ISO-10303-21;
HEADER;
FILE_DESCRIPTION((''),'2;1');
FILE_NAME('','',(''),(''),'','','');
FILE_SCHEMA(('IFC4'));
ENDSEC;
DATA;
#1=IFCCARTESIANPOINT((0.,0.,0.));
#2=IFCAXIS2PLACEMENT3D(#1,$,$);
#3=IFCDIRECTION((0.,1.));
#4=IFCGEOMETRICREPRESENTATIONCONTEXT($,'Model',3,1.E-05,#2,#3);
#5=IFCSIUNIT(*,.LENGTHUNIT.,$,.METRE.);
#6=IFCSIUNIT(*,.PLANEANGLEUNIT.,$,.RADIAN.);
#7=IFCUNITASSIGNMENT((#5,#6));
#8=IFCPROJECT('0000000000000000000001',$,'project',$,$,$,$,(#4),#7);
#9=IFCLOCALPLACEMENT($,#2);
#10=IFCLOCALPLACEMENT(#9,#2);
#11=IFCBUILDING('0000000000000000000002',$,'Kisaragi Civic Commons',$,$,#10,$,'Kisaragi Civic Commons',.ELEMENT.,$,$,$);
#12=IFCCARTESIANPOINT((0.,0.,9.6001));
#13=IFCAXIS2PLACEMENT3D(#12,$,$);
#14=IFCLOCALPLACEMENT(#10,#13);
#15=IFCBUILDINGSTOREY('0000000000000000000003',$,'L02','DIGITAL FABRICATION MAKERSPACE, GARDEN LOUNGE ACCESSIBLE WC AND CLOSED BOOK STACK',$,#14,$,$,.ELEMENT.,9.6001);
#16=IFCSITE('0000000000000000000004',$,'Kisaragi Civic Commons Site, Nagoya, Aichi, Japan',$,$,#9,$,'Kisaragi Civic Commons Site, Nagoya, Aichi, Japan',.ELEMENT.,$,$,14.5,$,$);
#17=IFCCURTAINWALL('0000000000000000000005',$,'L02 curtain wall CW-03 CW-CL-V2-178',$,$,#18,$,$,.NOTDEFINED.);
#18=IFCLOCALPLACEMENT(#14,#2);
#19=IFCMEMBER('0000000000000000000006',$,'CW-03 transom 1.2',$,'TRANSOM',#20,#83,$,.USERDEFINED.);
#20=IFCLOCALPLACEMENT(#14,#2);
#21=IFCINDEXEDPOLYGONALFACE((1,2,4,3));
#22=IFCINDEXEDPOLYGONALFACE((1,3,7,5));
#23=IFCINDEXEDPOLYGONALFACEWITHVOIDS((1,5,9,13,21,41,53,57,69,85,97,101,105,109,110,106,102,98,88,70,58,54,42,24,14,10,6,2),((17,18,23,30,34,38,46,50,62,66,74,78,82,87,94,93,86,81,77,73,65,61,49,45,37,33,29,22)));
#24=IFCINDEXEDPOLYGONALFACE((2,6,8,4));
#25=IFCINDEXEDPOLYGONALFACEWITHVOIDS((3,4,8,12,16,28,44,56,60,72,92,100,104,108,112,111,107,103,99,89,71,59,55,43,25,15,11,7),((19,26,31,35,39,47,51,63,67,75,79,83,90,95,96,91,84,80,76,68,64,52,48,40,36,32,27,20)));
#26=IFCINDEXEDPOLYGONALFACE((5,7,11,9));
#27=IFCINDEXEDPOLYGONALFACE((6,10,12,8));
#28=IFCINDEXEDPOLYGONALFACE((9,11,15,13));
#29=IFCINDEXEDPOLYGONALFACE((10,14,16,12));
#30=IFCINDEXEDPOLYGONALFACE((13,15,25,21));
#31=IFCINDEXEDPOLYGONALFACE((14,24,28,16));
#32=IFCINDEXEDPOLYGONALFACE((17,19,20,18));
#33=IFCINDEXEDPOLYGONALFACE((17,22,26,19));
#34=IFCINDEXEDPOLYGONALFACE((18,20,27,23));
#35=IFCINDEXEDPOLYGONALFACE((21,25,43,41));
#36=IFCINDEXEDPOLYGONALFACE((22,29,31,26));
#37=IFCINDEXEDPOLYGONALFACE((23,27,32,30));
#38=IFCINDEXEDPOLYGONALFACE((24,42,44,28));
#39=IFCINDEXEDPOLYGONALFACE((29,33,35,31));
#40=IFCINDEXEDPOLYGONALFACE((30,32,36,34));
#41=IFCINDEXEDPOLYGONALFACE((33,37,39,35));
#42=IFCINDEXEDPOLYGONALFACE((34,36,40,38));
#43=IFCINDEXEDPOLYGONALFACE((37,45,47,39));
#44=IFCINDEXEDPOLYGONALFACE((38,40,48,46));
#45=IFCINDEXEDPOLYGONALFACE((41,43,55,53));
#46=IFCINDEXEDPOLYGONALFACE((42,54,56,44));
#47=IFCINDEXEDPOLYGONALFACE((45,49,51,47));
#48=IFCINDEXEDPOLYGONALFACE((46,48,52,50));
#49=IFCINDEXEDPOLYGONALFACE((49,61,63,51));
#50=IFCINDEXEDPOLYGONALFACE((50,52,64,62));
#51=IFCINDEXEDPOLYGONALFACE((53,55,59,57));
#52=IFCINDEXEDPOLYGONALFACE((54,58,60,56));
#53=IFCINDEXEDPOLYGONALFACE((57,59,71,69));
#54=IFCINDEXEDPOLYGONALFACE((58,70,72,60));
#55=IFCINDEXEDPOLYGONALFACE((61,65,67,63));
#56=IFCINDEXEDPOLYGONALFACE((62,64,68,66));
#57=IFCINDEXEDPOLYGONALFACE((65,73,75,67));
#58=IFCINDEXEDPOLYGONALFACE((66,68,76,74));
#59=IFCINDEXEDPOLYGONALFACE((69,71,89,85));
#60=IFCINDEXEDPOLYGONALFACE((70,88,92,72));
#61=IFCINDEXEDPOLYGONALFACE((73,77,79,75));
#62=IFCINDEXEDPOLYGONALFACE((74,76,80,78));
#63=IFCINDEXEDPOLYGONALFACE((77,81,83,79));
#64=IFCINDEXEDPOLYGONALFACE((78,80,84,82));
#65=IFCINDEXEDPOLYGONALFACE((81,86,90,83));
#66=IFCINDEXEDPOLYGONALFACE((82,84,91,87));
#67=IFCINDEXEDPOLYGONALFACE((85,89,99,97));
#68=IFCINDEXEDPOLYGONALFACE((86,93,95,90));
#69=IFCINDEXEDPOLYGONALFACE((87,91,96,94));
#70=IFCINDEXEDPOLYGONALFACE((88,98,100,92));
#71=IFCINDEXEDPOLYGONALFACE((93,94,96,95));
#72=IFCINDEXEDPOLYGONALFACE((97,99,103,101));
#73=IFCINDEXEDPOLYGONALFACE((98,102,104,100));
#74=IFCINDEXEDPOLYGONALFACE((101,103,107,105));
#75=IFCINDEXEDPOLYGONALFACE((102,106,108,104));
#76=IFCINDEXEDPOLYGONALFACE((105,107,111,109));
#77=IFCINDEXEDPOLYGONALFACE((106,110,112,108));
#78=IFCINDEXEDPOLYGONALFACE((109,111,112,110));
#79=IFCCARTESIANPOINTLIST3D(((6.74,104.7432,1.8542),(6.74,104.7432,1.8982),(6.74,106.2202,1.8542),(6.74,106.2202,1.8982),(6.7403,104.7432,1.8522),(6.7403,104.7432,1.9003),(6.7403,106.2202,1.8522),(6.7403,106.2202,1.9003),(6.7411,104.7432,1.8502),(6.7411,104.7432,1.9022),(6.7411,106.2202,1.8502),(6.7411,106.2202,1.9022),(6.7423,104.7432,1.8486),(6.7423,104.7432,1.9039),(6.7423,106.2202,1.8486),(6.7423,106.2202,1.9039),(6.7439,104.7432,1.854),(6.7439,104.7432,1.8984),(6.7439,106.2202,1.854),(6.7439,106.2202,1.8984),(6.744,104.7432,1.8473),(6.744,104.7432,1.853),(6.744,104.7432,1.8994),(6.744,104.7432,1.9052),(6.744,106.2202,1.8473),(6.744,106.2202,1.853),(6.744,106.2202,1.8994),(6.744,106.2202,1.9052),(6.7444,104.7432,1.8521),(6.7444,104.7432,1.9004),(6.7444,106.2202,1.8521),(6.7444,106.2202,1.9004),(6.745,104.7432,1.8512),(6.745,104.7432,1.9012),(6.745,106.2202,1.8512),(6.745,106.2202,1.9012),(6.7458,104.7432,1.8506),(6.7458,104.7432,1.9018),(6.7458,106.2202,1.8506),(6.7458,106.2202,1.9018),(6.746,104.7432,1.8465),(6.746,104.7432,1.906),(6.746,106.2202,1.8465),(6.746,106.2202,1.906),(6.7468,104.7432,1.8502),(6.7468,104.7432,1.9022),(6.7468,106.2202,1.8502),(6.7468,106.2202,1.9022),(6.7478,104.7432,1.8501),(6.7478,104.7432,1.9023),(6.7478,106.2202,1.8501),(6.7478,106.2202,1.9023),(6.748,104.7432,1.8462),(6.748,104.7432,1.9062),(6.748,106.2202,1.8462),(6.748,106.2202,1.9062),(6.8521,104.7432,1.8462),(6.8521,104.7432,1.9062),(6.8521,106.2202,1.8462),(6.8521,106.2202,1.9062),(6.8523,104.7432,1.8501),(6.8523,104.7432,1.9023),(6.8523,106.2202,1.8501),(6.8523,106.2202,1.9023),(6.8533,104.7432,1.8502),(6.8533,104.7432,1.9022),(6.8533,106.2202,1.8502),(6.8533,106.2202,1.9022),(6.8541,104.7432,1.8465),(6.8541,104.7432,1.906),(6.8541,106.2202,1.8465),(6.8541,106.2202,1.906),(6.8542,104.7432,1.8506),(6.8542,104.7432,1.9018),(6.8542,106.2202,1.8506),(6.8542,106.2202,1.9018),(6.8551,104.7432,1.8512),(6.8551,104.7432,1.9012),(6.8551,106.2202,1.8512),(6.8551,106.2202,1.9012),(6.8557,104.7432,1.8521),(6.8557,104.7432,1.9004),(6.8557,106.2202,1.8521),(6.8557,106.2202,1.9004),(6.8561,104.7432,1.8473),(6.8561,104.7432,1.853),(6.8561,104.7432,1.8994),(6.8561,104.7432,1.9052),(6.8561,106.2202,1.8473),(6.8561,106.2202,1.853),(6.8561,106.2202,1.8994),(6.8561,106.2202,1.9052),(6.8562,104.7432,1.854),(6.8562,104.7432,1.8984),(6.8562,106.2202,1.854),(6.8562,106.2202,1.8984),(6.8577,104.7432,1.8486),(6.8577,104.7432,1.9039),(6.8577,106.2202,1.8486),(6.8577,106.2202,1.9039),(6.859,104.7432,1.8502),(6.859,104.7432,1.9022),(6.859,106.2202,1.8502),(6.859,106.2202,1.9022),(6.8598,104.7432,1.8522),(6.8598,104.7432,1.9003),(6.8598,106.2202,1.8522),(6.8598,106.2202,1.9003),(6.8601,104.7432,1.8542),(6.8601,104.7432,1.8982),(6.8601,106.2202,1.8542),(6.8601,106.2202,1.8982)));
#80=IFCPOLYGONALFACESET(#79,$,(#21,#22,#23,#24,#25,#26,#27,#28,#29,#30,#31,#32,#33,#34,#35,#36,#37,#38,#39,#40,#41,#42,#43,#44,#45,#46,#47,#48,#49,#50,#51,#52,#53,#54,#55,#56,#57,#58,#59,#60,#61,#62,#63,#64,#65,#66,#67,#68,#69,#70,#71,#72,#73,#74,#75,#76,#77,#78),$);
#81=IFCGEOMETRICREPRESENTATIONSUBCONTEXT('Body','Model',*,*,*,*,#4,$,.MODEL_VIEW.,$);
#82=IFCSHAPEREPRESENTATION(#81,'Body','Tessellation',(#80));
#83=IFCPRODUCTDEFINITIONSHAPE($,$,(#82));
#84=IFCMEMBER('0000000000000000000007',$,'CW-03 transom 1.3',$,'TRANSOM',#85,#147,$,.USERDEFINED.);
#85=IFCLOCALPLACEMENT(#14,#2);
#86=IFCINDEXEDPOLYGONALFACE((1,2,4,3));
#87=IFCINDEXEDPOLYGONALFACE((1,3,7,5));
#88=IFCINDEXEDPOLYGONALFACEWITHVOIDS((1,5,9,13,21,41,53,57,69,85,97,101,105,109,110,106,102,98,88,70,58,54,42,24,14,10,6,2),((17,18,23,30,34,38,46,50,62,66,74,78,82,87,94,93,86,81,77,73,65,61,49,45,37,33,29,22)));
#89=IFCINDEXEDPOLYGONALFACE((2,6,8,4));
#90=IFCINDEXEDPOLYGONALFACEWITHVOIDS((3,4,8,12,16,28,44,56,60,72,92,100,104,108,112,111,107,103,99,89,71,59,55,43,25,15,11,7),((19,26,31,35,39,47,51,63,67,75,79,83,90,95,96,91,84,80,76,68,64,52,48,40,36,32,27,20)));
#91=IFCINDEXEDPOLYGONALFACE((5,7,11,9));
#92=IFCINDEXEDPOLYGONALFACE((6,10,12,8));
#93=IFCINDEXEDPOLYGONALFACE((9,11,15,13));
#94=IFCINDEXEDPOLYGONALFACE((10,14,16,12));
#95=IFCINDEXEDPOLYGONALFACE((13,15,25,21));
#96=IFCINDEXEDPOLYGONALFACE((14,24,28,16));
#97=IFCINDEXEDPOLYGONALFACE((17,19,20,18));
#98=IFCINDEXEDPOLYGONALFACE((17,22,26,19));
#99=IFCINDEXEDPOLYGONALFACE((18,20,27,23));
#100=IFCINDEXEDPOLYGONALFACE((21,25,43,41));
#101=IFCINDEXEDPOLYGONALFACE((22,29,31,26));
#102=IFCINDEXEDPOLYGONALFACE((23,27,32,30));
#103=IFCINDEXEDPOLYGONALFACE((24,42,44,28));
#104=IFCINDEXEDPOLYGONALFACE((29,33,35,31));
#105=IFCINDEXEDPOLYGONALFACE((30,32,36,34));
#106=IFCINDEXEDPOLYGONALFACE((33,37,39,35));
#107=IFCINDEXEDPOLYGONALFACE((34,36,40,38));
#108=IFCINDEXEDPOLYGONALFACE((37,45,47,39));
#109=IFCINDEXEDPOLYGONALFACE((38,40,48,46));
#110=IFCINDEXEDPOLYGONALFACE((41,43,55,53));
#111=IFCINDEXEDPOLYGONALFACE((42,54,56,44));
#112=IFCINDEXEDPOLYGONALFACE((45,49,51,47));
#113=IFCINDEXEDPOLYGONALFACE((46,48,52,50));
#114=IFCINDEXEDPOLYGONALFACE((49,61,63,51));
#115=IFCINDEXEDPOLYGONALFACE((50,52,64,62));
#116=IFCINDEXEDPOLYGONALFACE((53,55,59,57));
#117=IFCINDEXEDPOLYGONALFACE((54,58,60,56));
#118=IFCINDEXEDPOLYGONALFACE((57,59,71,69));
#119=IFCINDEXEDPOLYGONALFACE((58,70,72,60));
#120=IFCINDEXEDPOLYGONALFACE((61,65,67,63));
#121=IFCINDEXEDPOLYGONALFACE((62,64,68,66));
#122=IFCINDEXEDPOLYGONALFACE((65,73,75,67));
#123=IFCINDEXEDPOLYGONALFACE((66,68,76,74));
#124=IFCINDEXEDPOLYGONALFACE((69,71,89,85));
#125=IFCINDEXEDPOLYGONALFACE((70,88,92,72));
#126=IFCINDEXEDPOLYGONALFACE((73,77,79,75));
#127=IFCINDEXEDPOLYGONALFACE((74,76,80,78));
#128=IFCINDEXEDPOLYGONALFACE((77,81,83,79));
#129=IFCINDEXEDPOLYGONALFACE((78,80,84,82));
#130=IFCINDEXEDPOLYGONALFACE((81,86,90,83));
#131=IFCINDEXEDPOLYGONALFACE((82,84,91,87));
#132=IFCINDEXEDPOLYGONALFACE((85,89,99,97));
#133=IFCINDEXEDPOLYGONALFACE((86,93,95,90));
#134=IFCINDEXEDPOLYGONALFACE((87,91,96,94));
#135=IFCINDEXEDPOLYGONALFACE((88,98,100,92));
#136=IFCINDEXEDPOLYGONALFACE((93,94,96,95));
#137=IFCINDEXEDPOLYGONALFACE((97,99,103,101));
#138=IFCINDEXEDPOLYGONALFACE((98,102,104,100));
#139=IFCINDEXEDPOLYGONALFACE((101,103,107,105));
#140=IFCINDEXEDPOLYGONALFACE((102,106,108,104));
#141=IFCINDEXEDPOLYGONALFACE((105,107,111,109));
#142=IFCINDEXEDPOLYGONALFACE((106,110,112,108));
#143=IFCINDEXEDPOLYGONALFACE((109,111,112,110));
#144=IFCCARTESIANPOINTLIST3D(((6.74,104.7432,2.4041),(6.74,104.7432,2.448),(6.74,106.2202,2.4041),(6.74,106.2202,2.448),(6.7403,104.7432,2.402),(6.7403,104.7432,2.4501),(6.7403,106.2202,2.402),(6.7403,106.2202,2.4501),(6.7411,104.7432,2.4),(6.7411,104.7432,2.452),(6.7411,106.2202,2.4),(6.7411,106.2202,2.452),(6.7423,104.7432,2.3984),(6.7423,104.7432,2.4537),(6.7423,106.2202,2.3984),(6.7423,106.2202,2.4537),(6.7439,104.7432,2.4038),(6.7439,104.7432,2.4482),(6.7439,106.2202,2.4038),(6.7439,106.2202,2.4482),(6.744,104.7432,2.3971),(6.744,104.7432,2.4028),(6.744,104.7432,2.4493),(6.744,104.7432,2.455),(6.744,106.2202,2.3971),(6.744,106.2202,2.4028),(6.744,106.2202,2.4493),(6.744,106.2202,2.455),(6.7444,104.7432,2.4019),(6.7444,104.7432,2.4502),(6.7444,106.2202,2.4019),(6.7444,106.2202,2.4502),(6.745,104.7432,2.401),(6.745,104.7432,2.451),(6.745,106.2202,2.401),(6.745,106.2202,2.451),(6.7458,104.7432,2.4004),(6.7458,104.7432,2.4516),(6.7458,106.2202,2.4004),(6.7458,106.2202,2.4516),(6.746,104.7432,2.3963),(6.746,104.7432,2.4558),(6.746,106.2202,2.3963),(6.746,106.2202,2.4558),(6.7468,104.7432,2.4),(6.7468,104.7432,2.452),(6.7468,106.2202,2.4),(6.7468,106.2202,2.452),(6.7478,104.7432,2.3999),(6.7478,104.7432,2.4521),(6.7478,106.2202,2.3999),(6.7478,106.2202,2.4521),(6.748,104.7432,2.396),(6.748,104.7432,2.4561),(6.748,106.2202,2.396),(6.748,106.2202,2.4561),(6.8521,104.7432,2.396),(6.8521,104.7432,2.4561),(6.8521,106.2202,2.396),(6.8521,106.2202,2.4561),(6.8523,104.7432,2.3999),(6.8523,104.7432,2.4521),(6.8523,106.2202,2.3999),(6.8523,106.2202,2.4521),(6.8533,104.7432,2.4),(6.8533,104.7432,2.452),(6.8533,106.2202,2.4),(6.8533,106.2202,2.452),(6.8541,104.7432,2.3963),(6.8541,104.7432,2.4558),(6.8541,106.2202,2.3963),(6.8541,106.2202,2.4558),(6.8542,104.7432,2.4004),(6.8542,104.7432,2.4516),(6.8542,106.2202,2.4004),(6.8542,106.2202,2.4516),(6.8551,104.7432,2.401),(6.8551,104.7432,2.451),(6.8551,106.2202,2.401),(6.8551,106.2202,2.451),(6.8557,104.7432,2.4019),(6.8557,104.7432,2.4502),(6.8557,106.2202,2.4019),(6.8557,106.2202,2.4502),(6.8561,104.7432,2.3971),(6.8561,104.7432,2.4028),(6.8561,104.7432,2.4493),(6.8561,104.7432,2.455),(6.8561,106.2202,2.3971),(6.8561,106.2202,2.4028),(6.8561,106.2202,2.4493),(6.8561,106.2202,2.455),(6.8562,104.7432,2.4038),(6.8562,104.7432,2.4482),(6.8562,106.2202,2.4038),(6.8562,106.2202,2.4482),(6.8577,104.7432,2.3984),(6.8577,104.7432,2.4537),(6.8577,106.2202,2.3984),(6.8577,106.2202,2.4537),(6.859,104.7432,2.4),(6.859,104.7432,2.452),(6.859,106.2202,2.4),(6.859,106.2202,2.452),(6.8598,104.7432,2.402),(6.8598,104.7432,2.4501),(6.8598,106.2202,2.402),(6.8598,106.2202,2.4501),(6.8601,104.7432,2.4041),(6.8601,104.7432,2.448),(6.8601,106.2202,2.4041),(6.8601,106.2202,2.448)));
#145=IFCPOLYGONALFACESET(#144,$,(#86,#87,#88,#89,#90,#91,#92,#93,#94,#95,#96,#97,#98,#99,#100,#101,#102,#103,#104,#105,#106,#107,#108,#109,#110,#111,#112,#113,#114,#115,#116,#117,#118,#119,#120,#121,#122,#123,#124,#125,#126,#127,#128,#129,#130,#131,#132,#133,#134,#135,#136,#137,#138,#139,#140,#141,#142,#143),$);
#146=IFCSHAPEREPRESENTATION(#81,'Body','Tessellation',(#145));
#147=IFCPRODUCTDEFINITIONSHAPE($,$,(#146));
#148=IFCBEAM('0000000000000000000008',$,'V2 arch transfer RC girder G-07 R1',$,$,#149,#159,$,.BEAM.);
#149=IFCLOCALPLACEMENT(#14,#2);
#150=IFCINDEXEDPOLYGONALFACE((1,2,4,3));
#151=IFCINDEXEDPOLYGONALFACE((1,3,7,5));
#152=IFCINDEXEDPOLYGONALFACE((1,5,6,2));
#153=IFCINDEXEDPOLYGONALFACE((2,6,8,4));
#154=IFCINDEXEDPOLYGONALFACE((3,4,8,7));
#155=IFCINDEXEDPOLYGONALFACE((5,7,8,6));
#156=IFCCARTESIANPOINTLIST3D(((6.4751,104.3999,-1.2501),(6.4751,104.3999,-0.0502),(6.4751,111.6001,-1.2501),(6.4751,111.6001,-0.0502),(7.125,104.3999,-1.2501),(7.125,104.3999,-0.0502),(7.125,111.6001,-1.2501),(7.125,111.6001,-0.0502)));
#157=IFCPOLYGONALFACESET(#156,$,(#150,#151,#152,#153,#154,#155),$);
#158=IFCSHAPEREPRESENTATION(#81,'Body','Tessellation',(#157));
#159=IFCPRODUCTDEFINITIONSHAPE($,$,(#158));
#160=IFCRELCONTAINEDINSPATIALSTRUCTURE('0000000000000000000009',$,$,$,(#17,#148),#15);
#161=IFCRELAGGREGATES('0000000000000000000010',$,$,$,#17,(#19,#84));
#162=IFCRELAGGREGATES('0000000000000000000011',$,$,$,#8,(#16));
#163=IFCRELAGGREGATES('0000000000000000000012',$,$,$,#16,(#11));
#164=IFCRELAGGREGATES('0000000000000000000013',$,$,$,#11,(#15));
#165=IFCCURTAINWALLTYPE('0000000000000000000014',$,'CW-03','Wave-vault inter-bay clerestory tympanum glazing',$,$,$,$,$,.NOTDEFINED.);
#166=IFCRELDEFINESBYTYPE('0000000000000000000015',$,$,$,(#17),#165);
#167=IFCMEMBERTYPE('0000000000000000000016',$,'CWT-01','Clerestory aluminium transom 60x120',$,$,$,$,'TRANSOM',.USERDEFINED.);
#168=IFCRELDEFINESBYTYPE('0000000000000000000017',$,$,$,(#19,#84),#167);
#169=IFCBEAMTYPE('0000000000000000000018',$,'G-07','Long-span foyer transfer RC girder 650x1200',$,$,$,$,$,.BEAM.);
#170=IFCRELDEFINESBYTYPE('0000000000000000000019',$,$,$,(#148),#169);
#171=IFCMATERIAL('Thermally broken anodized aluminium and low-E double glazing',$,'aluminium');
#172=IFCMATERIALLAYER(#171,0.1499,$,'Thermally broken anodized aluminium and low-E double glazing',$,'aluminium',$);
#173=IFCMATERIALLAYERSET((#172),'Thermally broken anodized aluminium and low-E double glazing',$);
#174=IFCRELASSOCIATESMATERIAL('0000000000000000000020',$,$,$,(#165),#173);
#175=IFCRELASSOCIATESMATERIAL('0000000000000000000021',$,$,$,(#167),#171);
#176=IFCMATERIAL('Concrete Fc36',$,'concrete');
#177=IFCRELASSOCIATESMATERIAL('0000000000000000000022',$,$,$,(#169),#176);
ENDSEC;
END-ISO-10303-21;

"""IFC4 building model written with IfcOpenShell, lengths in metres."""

from ifc_helpers import new_model, si_unit, direction, frame, origin, origin_2d, place, context, subcontext, project, spatial, rectangle, hollow_rectangle, extrude, material, layer, layer_set, material_profile, profile_set, type_object, element, aggregate, save


model = new_model("IFC4")

# Units and contexts
model_context = context("Model", 3, precision=1e-05, world=origin(), true_north=direction((0.0, 1.0)))
body_context = subcontext(model_context, "Body", "Model", "MODEL_VIEW")
ifc_project = project(units=[si_unit("LENGTHUNIT", "METRE"), si_unit("PLANEANGLEUNIT", "RADIAN")], contexts=[model_context])

# Site, building, storey
site_placement = place(None, origin())
site = spatial("IfcSite", under=ifc_project, at=site_placement, Name="Kisaragi Civic Commons Site, Nagoya, Aichi, Japan", LongName="Kisaragi Civic Commons Site, Nagoya, Aichi, Japan", CompositionType="ELEMENT", RefElevation=14.5)
building_placement = place(site_placement, origin())
building = spatial("IfcBuilding", under=site, at=building_placement, Name="Kisaragi Civic Commons", LongName="Kisaragi Civic Commons", CompositionType="ELEMENT")
storey_placement = place(building_placement, frame((0.0, 0.0, 9.6001)))
storey = spatial("IfcBuildingStorey", under=building, at=storey_placement, Name="L02", Description="DIGITAL FABRICATION MAKERSPACE, GARDEN LOUNGE ACCESSIBLE WC AND CLOSED BOOK STACK", CompositionType="ELEMENT", Elevation=9.6001)

# Curtain wall, members
ifc_material_1 = material(Name="Thermally broken anodized aluminium and low-E double glazing", Category="aluminium")
ifc_layer_1 = layer(ifc_material_1, 0.1499, Name="Thermally broken anodized aluminium and low-E double glazing", Category="aluminium")
ifc_layer_set_1 = layer_set([ifc_layer_1], Name="Thermally broken anodized aluminium and low-E double glazing")
curtain_wall_type = type_object("IfcCurtainWallType", Name="CW-03", Description="Wave-vault inter-bay clerestory tympanum glazing", PredefinedType="NOTDEFINED", material=ifc_layer_set_1)
curtain_wall_placement = place(storey_placement, origin())
curtain_wall = element("IfcCurtainWall", 1, at=curtain_wall_placement, inside=storey, type_object=curtain_wall_type, Name="L02 curtain wall CW-03 CW-CL-V2-178", PredefinedType="NOTDEFINED")
ifc_material_profile_1 = material_profile(ifc_material_1, hollow_rectangle(XDim=0.1201, YDim=0.0601, WallThickness=0.0039, InnerFilletRadius=0.0039, OuterFilletRadius=0.0081, at=origin_2d()), Name="CWT-60x120x4", Category="aluminium")
ifc_profile_set_1 = profile_set([ifc_material_profile_1], Name="Thermally broken anodized aluminium and low-E double glazing")
member_type_1 = type_object("IfcMemberType", Name="CWT-01", Description="Clerestory aluminium transom 60x120", ElementType="TRANSOM", PredefinedType="USERDEFINED", material=ifc_profile_set_1)
member_1_placement = place(storey_placement, frame((6.8, 104.7432, 1.8762), z_axis=(0.0, 1.0, 0.0), x_axis=(-1.0, 0.0, 0.0)))
member_1 = element("IfcMember", 2, at=member_1_placement, type_object=member_type_1, Name="CW-03 transom 1.2", ObjectType="TRANSOM", PredefinedType="USERDEFINED", context=body_context, shape_type="SweptSolid", body=[
    extrude(hollow_rectangle(XDim=0.1201, YDim=0.0601, WallThickness=0.0039, InnerFilletRadius=0.0039, OuterFilletRadius=0.0081, at=origin_2d()), origin(), (0.0, 0.0, 1.0), 1.4771),
])
member_2_placement = place(storey_placement, frame((6.8, 104.7432, 2.426), z_axis=(0.0, 1.0, 0.0), x_axis=(-1.0, 0.0, 0.0)))
member_2 = element("IfcMember", 3, at=member_2_placement, type_object=member_type_1, Name="CW-03 transom 1.3", ObjectType="TRANSOM", PredefinedType="USERDEFINED", context=body_context, shape_type="SweptSolid", body=[
    extrude(hollow_rectangle(XDim=0.1201, YDim=0.0601, WallThickness=0.0039, InnerFilletRadius=0.0039, OuterFilletRadius=0.0081, at=origin_2d()), origin(), (0.0, 0.0, 1.0), 1.4771),
])

# Beam
ifc_material_2 = material(Name="Concrete Fc36", Category="concrete")
ifc_material_profile_2 = material_profile(ifc_material_2, rectangle(XDim=0.6499, YDim=1.2, at=origin_2d()), Name="RC-650x1200", Category="concrete")
ifc_profile_set_2 = profile_set([ifc_material_profile_2], Name="Concrete Fc36")
beam_type_1 = type_object("IfcBeamType", Name="G-07", Description="Long-span foyer transfer RC girder 650x1200", PredefinedType="BEAM", material=ifc_profile_set_2)
beam_1_placement = place(storey_placement, frame((6.8, 104.3999, -0.6501), z_axis=(0.0, 1.0, 0.0), x_axis=(-1.0, 0.0, 0.0)))
element("IfcBeam", 4, at=beam_1_placement, inside=storey, type_object=beam_type_1, Name="V2 arch transfer RC girder G-07 R1", PredefinedType="BEAM", context=body_context, shape_type="SweptSolid", body=[
    extrude(rectangle(XDim=0.6499, YDim=1.2, at=origin_2d()), origin(), (0.0, 0.0, 1.0), 7.2002),
])

aggregate(curtain_wall, [member_1, member_2])

save(model, "model.ifc")
